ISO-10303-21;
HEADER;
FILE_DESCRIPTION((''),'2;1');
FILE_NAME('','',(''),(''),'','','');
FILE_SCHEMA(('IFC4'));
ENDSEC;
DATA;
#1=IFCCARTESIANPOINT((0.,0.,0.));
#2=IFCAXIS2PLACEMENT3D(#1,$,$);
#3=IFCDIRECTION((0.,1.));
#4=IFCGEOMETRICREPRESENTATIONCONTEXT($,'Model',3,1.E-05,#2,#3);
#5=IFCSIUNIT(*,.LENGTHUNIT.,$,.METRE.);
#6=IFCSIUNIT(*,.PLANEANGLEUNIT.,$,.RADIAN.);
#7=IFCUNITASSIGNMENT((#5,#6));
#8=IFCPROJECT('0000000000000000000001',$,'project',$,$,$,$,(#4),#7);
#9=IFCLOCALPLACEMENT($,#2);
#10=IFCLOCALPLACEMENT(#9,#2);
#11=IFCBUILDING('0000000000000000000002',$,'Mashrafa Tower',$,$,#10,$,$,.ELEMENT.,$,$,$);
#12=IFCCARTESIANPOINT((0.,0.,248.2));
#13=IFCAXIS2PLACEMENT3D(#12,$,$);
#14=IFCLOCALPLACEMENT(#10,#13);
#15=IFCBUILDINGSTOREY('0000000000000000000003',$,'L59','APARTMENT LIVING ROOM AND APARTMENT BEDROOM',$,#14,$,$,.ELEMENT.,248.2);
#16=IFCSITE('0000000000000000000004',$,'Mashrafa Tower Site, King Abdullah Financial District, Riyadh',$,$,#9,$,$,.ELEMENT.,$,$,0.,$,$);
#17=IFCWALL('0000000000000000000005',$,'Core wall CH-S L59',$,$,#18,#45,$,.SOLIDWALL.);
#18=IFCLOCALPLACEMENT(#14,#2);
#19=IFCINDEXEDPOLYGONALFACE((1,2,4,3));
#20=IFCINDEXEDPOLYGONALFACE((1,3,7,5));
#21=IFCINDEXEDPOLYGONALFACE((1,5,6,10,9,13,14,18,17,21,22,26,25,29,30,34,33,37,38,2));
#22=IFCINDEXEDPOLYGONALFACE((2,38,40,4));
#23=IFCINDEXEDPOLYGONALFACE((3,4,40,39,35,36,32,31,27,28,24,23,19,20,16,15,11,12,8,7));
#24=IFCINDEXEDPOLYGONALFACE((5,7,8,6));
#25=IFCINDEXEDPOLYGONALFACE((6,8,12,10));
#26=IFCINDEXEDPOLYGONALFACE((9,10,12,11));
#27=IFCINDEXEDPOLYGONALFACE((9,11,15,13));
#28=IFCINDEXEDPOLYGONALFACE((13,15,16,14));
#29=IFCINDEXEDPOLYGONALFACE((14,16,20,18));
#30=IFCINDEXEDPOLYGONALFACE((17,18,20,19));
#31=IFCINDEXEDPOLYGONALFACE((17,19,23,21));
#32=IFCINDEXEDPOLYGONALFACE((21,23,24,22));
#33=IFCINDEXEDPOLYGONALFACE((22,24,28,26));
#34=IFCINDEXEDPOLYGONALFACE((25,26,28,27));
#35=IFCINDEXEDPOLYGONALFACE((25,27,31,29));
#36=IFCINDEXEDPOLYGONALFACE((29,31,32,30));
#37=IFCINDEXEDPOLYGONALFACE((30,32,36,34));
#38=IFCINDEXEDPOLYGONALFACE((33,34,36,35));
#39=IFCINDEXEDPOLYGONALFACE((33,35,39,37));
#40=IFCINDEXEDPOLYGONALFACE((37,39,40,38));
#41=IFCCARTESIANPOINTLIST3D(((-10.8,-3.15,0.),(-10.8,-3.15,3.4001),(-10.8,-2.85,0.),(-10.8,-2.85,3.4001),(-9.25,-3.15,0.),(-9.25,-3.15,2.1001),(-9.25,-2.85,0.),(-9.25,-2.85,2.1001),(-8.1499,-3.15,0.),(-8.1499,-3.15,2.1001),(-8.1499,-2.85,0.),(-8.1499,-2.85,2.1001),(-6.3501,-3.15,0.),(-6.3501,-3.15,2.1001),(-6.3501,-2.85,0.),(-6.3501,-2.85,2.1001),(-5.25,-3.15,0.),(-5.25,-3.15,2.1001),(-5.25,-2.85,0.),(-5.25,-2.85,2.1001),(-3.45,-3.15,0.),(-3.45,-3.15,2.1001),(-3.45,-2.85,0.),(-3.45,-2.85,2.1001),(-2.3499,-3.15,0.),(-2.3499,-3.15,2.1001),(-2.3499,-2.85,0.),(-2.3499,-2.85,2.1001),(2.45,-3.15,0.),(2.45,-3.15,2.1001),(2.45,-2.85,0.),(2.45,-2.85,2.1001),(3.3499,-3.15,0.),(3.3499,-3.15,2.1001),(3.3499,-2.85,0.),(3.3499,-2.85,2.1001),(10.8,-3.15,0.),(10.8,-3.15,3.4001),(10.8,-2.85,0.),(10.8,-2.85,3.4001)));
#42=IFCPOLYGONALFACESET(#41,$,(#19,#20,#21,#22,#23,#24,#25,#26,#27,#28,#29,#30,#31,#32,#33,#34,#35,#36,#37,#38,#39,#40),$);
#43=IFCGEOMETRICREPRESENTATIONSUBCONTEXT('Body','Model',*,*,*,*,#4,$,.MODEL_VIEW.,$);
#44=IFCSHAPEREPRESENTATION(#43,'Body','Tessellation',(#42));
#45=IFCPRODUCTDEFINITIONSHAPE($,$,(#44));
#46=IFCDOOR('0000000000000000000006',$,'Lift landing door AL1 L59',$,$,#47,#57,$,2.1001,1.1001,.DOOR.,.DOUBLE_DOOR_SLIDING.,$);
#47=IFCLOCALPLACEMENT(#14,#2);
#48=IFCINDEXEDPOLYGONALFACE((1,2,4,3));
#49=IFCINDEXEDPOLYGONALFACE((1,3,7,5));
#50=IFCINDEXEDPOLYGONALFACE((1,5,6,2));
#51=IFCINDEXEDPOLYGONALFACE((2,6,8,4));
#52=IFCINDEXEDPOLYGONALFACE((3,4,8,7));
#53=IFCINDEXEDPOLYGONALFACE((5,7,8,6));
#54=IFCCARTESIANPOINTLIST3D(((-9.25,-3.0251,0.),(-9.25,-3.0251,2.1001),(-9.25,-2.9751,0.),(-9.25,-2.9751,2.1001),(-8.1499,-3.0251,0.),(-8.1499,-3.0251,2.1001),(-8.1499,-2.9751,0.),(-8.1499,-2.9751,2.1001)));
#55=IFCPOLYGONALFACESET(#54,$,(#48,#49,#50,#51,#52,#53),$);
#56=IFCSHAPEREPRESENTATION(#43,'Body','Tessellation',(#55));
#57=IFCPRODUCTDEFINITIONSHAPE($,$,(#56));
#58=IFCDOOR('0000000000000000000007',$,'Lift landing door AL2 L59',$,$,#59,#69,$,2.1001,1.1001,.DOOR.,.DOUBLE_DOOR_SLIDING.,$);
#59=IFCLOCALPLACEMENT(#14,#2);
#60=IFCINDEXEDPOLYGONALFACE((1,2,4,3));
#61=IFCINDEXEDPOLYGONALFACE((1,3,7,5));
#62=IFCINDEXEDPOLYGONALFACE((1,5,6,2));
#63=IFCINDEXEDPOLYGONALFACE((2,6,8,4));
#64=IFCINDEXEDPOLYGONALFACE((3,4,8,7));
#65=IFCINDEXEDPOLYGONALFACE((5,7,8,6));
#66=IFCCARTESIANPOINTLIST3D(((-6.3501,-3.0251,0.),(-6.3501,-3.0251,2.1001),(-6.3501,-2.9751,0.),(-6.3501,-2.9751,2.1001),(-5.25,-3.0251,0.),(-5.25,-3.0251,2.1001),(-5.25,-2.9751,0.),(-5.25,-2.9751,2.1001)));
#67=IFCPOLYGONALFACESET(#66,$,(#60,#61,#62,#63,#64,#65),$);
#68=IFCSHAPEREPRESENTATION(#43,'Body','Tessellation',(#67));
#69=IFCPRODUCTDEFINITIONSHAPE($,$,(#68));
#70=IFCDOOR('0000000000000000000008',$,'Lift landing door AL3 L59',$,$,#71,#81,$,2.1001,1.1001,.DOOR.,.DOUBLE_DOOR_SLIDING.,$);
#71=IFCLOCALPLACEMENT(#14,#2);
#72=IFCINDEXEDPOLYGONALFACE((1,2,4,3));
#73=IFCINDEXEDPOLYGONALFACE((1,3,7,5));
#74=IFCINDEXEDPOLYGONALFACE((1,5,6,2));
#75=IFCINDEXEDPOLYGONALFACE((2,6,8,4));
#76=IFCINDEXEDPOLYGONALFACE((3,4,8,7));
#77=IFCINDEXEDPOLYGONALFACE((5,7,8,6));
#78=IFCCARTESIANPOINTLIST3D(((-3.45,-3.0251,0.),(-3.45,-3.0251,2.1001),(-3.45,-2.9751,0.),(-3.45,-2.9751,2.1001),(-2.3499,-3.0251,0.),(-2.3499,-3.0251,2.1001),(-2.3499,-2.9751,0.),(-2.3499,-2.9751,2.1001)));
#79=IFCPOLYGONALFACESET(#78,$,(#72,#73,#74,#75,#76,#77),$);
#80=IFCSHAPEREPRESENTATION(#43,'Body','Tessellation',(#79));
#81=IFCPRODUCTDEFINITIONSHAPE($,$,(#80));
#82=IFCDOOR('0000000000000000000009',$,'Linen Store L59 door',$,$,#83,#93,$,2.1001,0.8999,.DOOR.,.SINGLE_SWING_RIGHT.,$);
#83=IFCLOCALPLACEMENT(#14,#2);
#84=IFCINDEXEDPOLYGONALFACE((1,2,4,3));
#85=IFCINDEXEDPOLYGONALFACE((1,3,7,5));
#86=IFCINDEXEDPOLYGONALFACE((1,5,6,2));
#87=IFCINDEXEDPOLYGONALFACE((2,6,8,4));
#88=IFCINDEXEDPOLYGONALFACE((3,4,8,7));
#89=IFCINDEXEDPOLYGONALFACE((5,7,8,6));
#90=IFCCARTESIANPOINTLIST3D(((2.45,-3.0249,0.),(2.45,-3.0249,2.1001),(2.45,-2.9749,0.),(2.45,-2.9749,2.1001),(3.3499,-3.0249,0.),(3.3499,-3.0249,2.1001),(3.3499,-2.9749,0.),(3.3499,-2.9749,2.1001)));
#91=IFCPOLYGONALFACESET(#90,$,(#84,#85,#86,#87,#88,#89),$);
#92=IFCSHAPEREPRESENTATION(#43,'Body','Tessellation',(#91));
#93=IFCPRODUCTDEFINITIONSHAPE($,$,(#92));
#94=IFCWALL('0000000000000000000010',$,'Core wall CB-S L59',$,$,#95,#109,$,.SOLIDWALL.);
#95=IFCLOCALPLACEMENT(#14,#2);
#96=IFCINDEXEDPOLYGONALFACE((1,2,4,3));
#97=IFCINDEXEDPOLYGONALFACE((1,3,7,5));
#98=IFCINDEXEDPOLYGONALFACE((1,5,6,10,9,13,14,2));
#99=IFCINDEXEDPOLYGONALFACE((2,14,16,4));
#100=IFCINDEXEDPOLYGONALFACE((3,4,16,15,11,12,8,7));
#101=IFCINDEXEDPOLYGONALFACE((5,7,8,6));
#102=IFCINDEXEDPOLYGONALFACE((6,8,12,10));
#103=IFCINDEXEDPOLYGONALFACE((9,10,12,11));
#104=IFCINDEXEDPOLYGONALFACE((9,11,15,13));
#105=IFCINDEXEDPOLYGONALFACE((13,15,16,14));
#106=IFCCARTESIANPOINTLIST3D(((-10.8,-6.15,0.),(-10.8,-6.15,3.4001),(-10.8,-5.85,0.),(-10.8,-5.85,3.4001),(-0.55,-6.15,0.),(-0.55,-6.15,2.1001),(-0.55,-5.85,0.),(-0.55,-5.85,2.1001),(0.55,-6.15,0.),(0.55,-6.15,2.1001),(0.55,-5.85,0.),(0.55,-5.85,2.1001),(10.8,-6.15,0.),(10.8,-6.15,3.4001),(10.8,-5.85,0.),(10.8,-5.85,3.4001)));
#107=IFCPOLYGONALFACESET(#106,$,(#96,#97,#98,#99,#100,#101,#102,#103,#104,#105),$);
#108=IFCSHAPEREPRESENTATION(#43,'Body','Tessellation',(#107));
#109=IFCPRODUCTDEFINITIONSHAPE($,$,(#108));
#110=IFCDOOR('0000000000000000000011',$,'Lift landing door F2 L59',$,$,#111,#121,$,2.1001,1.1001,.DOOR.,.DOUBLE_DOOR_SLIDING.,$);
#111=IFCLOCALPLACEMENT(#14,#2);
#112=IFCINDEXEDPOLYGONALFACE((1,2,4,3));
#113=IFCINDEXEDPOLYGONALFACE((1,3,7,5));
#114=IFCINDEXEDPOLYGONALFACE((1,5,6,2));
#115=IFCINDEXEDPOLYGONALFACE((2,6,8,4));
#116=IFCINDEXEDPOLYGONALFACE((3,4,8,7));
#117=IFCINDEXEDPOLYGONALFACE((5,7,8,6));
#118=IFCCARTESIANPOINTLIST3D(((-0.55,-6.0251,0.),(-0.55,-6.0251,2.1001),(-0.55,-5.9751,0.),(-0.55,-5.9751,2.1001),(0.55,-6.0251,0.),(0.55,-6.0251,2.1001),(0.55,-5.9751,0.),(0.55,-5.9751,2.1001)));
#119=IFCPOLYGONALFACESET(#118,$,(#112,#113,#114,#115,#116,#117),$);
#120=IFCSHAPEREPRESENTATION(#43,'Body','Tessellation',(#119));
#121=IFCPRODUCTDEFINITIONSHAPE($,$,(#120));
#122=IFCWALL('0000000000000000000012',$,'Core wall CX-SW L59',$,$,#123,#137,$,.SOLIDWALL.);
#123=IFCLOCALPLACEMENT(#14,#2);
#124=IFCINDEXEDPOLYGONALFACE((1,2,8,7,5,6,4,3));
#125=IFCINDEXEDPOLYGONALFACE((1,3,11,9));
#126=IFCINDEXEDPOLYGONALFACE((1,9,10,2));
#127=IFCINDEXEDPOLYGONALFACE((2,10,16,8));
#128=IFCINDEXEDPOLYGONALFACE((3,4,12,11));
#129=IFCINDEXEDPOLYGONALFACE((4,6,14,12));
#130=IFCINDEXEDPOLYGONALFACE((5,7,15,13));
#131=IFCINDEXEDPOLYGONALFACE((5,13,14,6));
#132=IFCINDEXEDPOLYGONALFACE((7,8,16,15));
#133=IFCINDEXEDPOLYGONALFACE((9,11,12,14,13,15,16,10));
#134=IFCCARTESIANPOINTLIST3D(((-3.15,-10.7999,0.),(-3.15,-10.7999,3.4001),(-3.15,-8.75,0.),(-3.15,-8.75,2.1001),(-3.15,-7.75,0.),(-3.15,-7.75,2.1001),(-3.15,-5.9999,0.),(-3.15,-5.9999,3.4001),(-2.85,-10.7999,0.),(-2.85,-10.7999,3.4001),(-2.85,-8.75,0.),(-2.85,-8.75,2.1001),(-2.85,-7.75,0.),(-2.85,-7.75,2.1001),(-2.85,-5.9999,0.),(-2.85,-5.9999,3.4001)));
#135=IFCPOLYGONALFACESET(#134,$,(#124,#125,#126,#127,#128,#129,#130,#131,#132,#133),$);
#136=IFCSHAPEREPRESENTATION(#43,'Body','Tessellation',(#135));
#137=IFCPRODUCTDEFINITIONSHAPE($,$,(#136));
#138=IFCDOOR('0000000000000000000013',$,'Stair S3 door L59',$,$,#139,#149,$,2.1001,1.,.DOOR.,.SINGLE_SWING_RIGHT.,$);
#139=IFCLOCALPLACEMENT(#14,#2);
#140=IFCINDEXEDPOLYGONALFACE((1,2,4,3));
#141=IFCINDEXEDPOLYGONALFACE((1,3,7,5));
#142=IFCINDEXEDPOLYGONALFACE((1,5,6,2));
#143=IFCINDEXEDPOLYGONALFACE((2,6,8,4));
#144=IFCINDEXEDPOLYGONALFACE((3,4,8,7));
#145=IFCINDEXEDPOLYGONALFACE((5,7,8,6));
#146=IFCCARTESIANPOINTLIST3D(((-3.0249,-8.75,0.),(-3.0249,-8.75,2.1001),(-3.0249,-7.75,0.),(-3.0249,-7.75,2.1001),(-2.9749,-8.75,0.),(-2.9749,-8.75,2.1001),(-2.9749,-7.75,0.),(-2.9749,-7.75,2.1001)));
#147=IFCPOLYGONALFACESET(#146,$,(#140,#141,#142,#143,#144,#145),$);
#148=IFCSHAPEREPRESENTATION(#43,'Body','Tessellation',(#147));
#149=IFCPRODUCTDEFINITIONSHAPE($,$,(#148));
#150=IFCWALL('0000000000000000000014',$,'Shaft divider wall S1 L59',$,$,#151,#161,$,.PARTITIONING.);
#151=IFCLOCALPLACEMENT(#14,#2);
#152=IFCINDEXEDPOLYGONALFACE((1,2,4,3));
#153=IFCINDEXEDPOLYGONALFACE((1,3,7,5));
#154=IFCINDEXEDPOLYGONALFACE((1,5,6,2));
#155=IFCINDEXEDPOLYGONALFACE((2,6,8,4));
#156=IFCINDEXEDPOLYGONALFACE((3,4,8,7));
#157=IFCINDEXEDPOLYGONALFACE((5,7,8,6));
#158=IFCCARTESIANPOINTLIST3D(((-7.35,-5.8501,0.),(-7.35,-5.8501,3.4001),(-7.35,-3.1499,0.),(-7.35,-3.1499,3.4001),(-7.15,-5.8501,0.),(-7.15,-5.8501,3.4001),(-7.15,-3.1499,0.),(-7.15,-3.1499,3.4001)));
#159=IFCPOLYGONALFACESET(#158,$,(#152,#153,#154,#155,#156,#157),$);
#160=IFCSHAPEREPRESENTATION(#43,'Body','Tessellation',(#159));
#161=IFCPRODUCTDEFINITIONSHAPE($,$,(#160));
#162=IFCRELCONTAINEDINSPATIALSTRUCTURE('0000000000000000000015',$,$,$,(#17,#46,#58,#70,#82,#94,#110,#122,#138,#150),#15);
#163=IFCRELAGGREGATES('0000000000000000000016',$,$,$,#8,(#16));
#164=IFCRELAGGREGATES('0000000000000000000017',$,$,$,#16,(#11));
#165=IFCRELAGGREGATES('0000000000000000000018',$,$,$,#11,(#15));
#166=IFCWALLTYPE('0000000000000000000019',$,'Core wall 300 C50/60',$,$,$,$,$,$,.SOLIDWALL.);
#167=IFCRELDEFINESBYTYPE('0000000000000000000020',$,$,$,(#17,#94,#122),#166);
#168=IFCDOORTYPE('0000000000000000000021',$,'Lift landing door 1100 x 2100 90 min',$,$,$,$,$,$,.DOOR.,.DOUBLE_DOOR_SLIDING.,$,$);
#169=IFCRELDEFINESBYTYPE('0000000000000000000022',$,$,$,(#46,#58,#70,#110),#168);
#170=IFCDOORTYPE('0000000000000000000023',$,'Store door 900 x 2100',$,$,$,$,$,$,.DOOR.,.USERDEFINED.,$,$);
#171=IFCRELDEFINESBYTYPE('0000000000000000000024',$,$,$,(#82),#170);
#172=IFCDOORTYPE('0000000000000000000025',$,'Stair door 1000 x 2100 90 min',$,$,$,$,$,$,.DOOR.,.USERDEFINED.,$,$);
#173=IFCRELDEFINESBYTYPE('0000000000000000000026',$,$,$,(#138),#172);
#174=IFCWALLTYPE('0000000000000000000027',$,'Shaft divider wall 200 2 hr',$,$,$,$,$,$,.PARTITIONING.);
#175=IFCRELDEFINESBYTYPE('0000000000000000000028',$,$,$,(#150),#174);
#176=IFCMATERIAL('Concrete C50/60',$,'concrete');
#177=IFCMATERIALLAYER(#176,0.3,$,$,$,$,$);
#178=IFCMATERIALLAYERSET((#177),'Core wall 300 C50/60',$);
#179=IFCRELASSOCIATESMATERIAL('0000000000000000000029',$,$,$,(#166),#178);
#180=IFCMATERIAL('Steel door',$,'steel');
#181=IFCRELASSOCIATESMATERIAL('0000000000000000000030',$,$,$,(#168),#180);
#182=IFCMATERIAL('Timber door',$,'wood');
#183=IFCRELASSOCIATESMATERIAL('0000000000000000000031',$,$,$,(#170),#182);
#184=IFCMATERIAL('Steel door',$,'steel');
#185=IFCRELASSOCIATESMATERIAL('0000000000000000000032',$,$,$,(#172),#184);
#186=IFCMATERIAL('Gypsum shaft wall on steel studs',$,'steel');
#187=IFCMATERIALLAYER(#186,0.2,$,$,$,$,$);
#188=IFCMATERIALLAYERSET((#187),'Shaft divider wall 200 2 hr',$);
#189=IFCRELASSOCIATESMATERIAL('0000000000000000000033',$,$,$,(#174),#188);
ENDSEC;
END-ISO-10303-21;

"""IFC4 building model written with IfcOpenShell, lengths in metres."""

from ifc_helpers import new_model, si_unit, direction, frame, frame_2d, origin, place, context, subcontext, project, spatial, rectangle, extrude, material, layer, layer_set, type_object, element, fill, save


model = new_model("IFC4")

# Units and contexts
model_context = context("Model", 3, precision=1e-05, world=origin(), true_north=direction((0.0, 1.0)))
body_context = subcontext(model_context, "Body", "Model", "MODEL_VIEW")
ifc_project = project(units=[si_unit("LENGTHUNIT", "METRE"), si_unit("PLANEANGLEUNIT", "RADIAN")], contexts=[model_context])

# Site, building, storey
site_placement = place(None, origin())
site = spatial("IfcSite", under=ifc_project, at=site_placement, Name="Mashrafa Tower Site, King Abdullah Financial District, Riyadh", CompositionType="ELEMENT", RefElevation=0.0)
building_placement = place(site_placement, origin())
building = spatial("IfcBuilding", under=site, at=building_placement, Name="Mashrafa Tower", CompositionType="ELEMENT")
storey_placement = place(building_placement, frame((0.0, 0.0, 248.2)))
storey = spatial("IfcBuildingStorey", under=building, at=storey_placement, Name="L59", Description="APARTMENT LIVING ROOM AND APARTMENT BEDROOM", CompositionType="ELEMENT", Elevation=248.2)

# Wall, openings, doors
ifc_material_1 = material(Name="Concrete C50/60", Category="concrete")
ifc_layer_1 = layer(ifc_material_1, 0.3)
ifc_layer_set_1 = layer_set([ifc_layer_1], Name="Core wall 300 C50/60")
wall_type_1 = type_object("IfcWallType", Name="Core wall 300 C50/60", PredefinedType="SOLIDWALL", material=ifc_layer_set_1)
wall_1_placement = place(storey_placement, frame((-10.8, -3.0, 0.0), z_axis=(0.0, 0.0, 1.0), x_axis=(1.0, 0.0, 0.0)))
wall_1 = element("IfcWall", 1, at=wall_1_placement, inside=storey, type_object=wall_type_1, Name="Core wall CH-S L59", PredefinedType="SOLIDWALL", context=body_context, shape_type="SweptSolid", body=[
    extrude(rectangle(XDim=21.6001, YDim=0.3, at=frame_2d((10.8, 0.0))), origin(), (0.0, 0.0, 1.0), 3.4001),
])
opening_1_placement = place(wall_1_placement, frame((13.25, 0.0, 0.0)))
opening_1 = element("IfcOpeningElement", 2, at=opening_1_placement, cuts=wall_1, PredefinedType="OPENING", context=body_context, shape_type="SweptSolid", body=[
    extrude(rectangle(XDim=0.8999, YDim=2.1001, at=frame_2d((0.45, 1.05))), frame((0.0, 0.1599, 0.0), z_axis=(0.0, -1.0, 0.0), x_axis=(1.0, 0.0, 0.0)), (0.0, 0.0, 1.0), 0.3201),
])
opening_2_placement = place(wall_1_placement, frame((1.55, 0.0, 0.0)))
opening_2 = element("IfcOpeningElement", 3, at=opening_2_placement, cuts=wall_1, PredefinedType="OPENING", context=body_context, shape_type="SweptSolid", body=[
    extrude(rectangle(XDim=1.1001, YDim=2.1001, at=frame_2d((0.55, 1.05))), frame((0.0, 0.1599, 0.0), z_axis=(0.0, -1.0, 0.0), x_axis=(1.0, 0.0, 0.0)), (0.0, 0.0, 1.0), 0.3201),
])
opening_3_placement = place(wall_1_placement, frame((4.45, 0.0, 0.0)))
opening_3 = element("IfcOpeningElement", 4, at=opening_3_placement, cuts=wall_1, PredefinedType="OPENING", context=body_context, shape_type="SweptSolid", body=[
    extrude(rectangle(XDim=1.1001, YDim=2.1001, at=frame_2d((0.55, 1.05))), frame((0.0, 0.1599, 0.0), z_axis=(0.0, -1.0, 0.0), x_axis=(1.0, 0.0, 0.0)), (0.0, 0.0, 1.0), 0.3201),
])
opening_4_placement = place(wall_1_placement, frame((7.3501, 0.0, 0.0)))
opening_4 = element("IfcOpeningElement", 5, at=opening_4_placement, cuts=wall_1, PredefinedType="OPENING", context=body_context, shape_type="SweptSolid", body=[
    extrude(rectangle(XDim=1.1001, YDim=2.1001, at=frame_2d((0.55, 1.05))), frame((0.0, 0.1599, 0.0), z_axis=(0.0, -1.0, 0.0), x_axis=(1.0, 0.0, 0.0)), (0.0, 0.0, 1.0), 0.3201),
])
ifc_material_2 = material(Name="Steel door", Category="steel")
door_type_1 = type_object("IfcDoorType", Name="Lift landing door 1100 x 2100 90 min", OperationType="DOUBLE_DOOR_SLIDING", PredefinedType="DOOR", material=ifc_material_2)
door_1_placement = place(opening_2_placement, origin())
door_1 = element("IfcDoor", 6, at=door_1_placement, inside=storey, type_object=door_type_1, Name="Lift landing door AL1 L59", OperationType="DOUBLE_DOOR_SLIDING", OverallHeight=2.1001, OverallWidth=1.1001, PredefinedType="DOOR", context=body_context, shape_type="SweptSolid", body=[
    extrude(rectangle(XDim=1.1001, YDim=2.1001, at=frame_2d((0.55, 1.05))), frame((0.0, 0.0249, 0.0), z_axis=(0.0, -1.0, 0.0), x_axis=(1.0, 0.0, 0.0)), (0.0, 0.0, 1.0), 0.05),
])
fill(opening_2, door_1)
door_2_placement = place(opening_3_placement, origin())
door_2 = element("IfcDoor", 7, at=door_2_placement, inside=storey, type_object=door_type_1, Name="Lift landing door AL2 L59", OperationType="DOUBLE_DOOR_SLIDING", OverallHeight=2.1001, OverallWidth=1.1001, PredefinedType="DOOR", context=body_context, shape_type="SweptSolid", body=[
    extrude(rectangle(XDim=1.1001, YDim=2.1001, at=frame_2d((0.55, 1.05))), frame((0.0, 0.0249, 0.0), z_axis=(0.0, -1.0, 0.0), x_axis=(1.0, 0.0, 0.0)), (0.0, 0.0, 1.0), 0.05),
])
fill(opening_3, door_2)
door_3_placement = place(opening_4_placement, origin())
door_3 = element("IfcDoor", 8, at=door_3_placement, inside=storey, type_object=door_type_1, Name="Lift landing door AL3 L59", OperationType="DOUBLE_DOOR_SLIDING", OverallHeight=2.1001, OverallWidth=1.1001, PredefinedType="DOOR", context=body_context, shape_type="SweptSolid", body=[
    extrude(rectangle(XDim=1.1001, YDim=2.1001, at=frame_2d((0.55, 1.05))), frame((0.0, 0.0249, 0.0), z_axis=(0.0, -1.0, 0.0), x_axis=(1.0, 0.0, 0.0)), (0.0, 0.0, 1.0), 0.05),
])
fill(opening_4, door_3)
ifc_material_3 = material(Name="Timber door", Category="wood")
door_type_2 = type_object("IfcDoorType", Name="Store door 900 x 2100", OperationType="USERDEFINED", PredefinedType="DOOR", material=ifc_material_3)
door_4_placement = place(opening_1_placement, frame((0.8999, 0.0, 0.0), z_axis=(0.0, 0.0, 1.0), x_axis=(-1.0, 0.0, 0.0)))
door_4 = element("IfcDoor", 9, at=door_4_placement, inside=storey, type_object=door_type_2, Name="Linen Store L59 door", OperationType="SINGLE_SWING_RIGHT", OverallHeight=2.1001, OverallWidth=0.8999, PredefinedType="DOOR", context=body_context, shape_type="SweptSolid", body=[
    extrude(rectangle(XDim=0.8999, YDim=2.1001, at=frame_2d((0.45, 1.05))), frame((0.0, 0.0249, 0.0), z_axis=(0.0, -1.0, 0.0), x_axis=(1.0, 0.0, 0.0)), (0.0, 0.0, 1.0), 0.05),
])
fill(opening_1, door_4)

# Walls, openings, doors
wall_2_placement = place(storey_placement, frame((-10.8, -6.0, 0.0), z_axis=(0.0, 0.0, 1.0), x_axis=(1.0, 0.0, 0.0)))
wall_2 = element("IfcWall", 10, at=wall_2_placement, inside=storey, type_object=wall_type_1, Name="Core wall CB-S L59", PredefinedType="SOLIDWALL", context=body_context, shape_type="SweptSolid", body=[
    extrude(rectangle(XDim=21.6001, YDim=0.3, at=frame_2d((10.8, 0.0))), origin(), (0.0, 0.0, 1.0), 3.4001),
])
opening_5_placement = place(wall_2_placement, frame((10.25, 0.0, 0.0)))
opening_5 = element("IfcOpeningElement", 11, at=opening_5_placement, cuts=wall_2, PredefinedType="OPENING", context=body_context, shape_type="SweptSolid", body=[
    extrude(rectangle(XDim=1.1001, YDim=2.1001, at=frame_2d((0.55, 1.05))), frame((0.0, 0.1599, 0.0), z_axis=(0.0, -1.0, 0.0), x_axis=(1.0, 0.0, 0.0)), (0.0, 0.0, 1.0), 0.3201),
])
door_5_placement = place(opening_5_placement, origin())
door_5 = element("IfcDoor", 12, at=door_5_placement, inside=storey, type_object=door_type_1, Name="Lift landing door F2 L59", OperationType="DOUBLE_DOOR_SLIDING", OverallHeight=2.1001, OverallWidth=1.1001, PredefinedType="DOOR", context=body_context, shape_type="SweptSolid", body=[
    extrude(rectangle(XDim=1.1001, YDim=2.1001, at=frame_2d((0.55, 1.05))), frame((0.0, 0.0249, 0.0), z_axis=(0.0, -1.0, 0.0), x_axis=(1.0, 0.0, 0.0)), (0.0, 0.0, 1.0), 0.05),
])
fill(opening_5, door_5)
wall_3_placement = place(storey_placement, frame((-3.0, -6.0, 0.0), z_axis=(0.0, 0.0, 1.0), x_axis=(0.0, -1.0, 0.0)))
wall_3 = element("IfcWall", 13, at=wall_3_placement, inside=storey, type_object=wall_type_1, Name="Core wall CX-SW L59", PredefinedType="SOLIDWALL", context=body_context, shape_type="SweptSolid", body=[
    extrude(rectangle(XDim=4.8, YDim=0.3, at=frame_2d((2.3999, 0.0))), origin(), (0.0, 0.0, 1.0), 3.4001),
])
opening_6_placement = place(wall_3_placement, frame((1.75, 0.0, 0.0)))
opening_6 = element("IfcOpeningElement", 14, at=opening_6_placement, cuts=wall_3, PredefinedType="OPENING", context=body_context, shape_type="SweptSolid", body=[
    extrude(rectangle(XDim=1.0, YDim=2.1001, at=frame_2d((0.5, 1.05))), frame((0.0, 0.1599, 0.0), z_axis=(0.0, -1.0, 0.0), x_axis=(1.0, 0.0, 0.0)), (0.0, 0.0, 1.0), 0.3201),
])
ifc_material_4 = material(Name="Steel door", Category="steel")
door_type_3 = type_object("IfcDoorType", Name="Stair door 1000 x 2100 90 min", OperationType="USERDEFINED", PredefinedType="DOOR", material=ifc_material_4)
door_6_placement = place(opening_6_placement, frame((1.0, 0.0, 0.0), z_axis=(0.0, 0.0, 1.0), x_axis=(-1.0, 0.0, 0.0)))
door_6 = element("IfcDoor", 15, at=door_6_placement, inside=storey, type_object=door_type_3, Name="Stair S3 door L59", OperationType="SINGLE_SWING_RIGHT", OverallHeight=2.1001, OverallWidth=1.0, PredefinedType="DOOR", context=body_context, shape_type="SweptSolid", body=[
    extrude(rectangle(XDim=1.0, YDim=2.1001, at=frame_2d((0.5, 1.05))), frame((0.0, 0.0249, 0.0), z_axis=(0.0, -1.0, 0.0), x_axis=(1.0, 0.0, 0.0)), (0.0, 0.0, 1.0), 0.05),
])
fill(opening_6, door_6)

# Wall
ifc_material_5 = material(Name="Gypsum shaft wall on steel studs", Category="steel")
ifc_layer_2 = layer(ifc_material_5, 0.2)
ifc_layer_set_2 = layer_set([ifc_layer_2], Name="Shaft divider wall 200 2 hr")
wall_type_2 = type_object("IfcWallType", Name="Shaft divider wall 200 2 hr", PredefinedType="PARTITIONING", material=ifc_layer_set_2)
for number, where, z_axis, x_axis, name in (
    (16, (-7.25, -5.8501, 0.0), (0.0, 0.0, 1.0), (0.0, 1.0, 0.0), "Shaft divider wall S1 L59"),
):
    element("IfcWall", number, at=place(storey_placement, frame(where, z_axis=z_axis, x_axis=x_axis)), inside=storey, type_object=wall_type_2, Name=name, PredefinedType="PARTITIONING", context=body_context, shape_type="SweptSolid", body=[
        extrude(rectangle(XDim=2.7002, YDim=0.2, at=frame_2d((1.3501, 0.0))), origin(), (0.0, 0.0, 1.0), 3.4001),
    ])

save(model, "model.ifc")
